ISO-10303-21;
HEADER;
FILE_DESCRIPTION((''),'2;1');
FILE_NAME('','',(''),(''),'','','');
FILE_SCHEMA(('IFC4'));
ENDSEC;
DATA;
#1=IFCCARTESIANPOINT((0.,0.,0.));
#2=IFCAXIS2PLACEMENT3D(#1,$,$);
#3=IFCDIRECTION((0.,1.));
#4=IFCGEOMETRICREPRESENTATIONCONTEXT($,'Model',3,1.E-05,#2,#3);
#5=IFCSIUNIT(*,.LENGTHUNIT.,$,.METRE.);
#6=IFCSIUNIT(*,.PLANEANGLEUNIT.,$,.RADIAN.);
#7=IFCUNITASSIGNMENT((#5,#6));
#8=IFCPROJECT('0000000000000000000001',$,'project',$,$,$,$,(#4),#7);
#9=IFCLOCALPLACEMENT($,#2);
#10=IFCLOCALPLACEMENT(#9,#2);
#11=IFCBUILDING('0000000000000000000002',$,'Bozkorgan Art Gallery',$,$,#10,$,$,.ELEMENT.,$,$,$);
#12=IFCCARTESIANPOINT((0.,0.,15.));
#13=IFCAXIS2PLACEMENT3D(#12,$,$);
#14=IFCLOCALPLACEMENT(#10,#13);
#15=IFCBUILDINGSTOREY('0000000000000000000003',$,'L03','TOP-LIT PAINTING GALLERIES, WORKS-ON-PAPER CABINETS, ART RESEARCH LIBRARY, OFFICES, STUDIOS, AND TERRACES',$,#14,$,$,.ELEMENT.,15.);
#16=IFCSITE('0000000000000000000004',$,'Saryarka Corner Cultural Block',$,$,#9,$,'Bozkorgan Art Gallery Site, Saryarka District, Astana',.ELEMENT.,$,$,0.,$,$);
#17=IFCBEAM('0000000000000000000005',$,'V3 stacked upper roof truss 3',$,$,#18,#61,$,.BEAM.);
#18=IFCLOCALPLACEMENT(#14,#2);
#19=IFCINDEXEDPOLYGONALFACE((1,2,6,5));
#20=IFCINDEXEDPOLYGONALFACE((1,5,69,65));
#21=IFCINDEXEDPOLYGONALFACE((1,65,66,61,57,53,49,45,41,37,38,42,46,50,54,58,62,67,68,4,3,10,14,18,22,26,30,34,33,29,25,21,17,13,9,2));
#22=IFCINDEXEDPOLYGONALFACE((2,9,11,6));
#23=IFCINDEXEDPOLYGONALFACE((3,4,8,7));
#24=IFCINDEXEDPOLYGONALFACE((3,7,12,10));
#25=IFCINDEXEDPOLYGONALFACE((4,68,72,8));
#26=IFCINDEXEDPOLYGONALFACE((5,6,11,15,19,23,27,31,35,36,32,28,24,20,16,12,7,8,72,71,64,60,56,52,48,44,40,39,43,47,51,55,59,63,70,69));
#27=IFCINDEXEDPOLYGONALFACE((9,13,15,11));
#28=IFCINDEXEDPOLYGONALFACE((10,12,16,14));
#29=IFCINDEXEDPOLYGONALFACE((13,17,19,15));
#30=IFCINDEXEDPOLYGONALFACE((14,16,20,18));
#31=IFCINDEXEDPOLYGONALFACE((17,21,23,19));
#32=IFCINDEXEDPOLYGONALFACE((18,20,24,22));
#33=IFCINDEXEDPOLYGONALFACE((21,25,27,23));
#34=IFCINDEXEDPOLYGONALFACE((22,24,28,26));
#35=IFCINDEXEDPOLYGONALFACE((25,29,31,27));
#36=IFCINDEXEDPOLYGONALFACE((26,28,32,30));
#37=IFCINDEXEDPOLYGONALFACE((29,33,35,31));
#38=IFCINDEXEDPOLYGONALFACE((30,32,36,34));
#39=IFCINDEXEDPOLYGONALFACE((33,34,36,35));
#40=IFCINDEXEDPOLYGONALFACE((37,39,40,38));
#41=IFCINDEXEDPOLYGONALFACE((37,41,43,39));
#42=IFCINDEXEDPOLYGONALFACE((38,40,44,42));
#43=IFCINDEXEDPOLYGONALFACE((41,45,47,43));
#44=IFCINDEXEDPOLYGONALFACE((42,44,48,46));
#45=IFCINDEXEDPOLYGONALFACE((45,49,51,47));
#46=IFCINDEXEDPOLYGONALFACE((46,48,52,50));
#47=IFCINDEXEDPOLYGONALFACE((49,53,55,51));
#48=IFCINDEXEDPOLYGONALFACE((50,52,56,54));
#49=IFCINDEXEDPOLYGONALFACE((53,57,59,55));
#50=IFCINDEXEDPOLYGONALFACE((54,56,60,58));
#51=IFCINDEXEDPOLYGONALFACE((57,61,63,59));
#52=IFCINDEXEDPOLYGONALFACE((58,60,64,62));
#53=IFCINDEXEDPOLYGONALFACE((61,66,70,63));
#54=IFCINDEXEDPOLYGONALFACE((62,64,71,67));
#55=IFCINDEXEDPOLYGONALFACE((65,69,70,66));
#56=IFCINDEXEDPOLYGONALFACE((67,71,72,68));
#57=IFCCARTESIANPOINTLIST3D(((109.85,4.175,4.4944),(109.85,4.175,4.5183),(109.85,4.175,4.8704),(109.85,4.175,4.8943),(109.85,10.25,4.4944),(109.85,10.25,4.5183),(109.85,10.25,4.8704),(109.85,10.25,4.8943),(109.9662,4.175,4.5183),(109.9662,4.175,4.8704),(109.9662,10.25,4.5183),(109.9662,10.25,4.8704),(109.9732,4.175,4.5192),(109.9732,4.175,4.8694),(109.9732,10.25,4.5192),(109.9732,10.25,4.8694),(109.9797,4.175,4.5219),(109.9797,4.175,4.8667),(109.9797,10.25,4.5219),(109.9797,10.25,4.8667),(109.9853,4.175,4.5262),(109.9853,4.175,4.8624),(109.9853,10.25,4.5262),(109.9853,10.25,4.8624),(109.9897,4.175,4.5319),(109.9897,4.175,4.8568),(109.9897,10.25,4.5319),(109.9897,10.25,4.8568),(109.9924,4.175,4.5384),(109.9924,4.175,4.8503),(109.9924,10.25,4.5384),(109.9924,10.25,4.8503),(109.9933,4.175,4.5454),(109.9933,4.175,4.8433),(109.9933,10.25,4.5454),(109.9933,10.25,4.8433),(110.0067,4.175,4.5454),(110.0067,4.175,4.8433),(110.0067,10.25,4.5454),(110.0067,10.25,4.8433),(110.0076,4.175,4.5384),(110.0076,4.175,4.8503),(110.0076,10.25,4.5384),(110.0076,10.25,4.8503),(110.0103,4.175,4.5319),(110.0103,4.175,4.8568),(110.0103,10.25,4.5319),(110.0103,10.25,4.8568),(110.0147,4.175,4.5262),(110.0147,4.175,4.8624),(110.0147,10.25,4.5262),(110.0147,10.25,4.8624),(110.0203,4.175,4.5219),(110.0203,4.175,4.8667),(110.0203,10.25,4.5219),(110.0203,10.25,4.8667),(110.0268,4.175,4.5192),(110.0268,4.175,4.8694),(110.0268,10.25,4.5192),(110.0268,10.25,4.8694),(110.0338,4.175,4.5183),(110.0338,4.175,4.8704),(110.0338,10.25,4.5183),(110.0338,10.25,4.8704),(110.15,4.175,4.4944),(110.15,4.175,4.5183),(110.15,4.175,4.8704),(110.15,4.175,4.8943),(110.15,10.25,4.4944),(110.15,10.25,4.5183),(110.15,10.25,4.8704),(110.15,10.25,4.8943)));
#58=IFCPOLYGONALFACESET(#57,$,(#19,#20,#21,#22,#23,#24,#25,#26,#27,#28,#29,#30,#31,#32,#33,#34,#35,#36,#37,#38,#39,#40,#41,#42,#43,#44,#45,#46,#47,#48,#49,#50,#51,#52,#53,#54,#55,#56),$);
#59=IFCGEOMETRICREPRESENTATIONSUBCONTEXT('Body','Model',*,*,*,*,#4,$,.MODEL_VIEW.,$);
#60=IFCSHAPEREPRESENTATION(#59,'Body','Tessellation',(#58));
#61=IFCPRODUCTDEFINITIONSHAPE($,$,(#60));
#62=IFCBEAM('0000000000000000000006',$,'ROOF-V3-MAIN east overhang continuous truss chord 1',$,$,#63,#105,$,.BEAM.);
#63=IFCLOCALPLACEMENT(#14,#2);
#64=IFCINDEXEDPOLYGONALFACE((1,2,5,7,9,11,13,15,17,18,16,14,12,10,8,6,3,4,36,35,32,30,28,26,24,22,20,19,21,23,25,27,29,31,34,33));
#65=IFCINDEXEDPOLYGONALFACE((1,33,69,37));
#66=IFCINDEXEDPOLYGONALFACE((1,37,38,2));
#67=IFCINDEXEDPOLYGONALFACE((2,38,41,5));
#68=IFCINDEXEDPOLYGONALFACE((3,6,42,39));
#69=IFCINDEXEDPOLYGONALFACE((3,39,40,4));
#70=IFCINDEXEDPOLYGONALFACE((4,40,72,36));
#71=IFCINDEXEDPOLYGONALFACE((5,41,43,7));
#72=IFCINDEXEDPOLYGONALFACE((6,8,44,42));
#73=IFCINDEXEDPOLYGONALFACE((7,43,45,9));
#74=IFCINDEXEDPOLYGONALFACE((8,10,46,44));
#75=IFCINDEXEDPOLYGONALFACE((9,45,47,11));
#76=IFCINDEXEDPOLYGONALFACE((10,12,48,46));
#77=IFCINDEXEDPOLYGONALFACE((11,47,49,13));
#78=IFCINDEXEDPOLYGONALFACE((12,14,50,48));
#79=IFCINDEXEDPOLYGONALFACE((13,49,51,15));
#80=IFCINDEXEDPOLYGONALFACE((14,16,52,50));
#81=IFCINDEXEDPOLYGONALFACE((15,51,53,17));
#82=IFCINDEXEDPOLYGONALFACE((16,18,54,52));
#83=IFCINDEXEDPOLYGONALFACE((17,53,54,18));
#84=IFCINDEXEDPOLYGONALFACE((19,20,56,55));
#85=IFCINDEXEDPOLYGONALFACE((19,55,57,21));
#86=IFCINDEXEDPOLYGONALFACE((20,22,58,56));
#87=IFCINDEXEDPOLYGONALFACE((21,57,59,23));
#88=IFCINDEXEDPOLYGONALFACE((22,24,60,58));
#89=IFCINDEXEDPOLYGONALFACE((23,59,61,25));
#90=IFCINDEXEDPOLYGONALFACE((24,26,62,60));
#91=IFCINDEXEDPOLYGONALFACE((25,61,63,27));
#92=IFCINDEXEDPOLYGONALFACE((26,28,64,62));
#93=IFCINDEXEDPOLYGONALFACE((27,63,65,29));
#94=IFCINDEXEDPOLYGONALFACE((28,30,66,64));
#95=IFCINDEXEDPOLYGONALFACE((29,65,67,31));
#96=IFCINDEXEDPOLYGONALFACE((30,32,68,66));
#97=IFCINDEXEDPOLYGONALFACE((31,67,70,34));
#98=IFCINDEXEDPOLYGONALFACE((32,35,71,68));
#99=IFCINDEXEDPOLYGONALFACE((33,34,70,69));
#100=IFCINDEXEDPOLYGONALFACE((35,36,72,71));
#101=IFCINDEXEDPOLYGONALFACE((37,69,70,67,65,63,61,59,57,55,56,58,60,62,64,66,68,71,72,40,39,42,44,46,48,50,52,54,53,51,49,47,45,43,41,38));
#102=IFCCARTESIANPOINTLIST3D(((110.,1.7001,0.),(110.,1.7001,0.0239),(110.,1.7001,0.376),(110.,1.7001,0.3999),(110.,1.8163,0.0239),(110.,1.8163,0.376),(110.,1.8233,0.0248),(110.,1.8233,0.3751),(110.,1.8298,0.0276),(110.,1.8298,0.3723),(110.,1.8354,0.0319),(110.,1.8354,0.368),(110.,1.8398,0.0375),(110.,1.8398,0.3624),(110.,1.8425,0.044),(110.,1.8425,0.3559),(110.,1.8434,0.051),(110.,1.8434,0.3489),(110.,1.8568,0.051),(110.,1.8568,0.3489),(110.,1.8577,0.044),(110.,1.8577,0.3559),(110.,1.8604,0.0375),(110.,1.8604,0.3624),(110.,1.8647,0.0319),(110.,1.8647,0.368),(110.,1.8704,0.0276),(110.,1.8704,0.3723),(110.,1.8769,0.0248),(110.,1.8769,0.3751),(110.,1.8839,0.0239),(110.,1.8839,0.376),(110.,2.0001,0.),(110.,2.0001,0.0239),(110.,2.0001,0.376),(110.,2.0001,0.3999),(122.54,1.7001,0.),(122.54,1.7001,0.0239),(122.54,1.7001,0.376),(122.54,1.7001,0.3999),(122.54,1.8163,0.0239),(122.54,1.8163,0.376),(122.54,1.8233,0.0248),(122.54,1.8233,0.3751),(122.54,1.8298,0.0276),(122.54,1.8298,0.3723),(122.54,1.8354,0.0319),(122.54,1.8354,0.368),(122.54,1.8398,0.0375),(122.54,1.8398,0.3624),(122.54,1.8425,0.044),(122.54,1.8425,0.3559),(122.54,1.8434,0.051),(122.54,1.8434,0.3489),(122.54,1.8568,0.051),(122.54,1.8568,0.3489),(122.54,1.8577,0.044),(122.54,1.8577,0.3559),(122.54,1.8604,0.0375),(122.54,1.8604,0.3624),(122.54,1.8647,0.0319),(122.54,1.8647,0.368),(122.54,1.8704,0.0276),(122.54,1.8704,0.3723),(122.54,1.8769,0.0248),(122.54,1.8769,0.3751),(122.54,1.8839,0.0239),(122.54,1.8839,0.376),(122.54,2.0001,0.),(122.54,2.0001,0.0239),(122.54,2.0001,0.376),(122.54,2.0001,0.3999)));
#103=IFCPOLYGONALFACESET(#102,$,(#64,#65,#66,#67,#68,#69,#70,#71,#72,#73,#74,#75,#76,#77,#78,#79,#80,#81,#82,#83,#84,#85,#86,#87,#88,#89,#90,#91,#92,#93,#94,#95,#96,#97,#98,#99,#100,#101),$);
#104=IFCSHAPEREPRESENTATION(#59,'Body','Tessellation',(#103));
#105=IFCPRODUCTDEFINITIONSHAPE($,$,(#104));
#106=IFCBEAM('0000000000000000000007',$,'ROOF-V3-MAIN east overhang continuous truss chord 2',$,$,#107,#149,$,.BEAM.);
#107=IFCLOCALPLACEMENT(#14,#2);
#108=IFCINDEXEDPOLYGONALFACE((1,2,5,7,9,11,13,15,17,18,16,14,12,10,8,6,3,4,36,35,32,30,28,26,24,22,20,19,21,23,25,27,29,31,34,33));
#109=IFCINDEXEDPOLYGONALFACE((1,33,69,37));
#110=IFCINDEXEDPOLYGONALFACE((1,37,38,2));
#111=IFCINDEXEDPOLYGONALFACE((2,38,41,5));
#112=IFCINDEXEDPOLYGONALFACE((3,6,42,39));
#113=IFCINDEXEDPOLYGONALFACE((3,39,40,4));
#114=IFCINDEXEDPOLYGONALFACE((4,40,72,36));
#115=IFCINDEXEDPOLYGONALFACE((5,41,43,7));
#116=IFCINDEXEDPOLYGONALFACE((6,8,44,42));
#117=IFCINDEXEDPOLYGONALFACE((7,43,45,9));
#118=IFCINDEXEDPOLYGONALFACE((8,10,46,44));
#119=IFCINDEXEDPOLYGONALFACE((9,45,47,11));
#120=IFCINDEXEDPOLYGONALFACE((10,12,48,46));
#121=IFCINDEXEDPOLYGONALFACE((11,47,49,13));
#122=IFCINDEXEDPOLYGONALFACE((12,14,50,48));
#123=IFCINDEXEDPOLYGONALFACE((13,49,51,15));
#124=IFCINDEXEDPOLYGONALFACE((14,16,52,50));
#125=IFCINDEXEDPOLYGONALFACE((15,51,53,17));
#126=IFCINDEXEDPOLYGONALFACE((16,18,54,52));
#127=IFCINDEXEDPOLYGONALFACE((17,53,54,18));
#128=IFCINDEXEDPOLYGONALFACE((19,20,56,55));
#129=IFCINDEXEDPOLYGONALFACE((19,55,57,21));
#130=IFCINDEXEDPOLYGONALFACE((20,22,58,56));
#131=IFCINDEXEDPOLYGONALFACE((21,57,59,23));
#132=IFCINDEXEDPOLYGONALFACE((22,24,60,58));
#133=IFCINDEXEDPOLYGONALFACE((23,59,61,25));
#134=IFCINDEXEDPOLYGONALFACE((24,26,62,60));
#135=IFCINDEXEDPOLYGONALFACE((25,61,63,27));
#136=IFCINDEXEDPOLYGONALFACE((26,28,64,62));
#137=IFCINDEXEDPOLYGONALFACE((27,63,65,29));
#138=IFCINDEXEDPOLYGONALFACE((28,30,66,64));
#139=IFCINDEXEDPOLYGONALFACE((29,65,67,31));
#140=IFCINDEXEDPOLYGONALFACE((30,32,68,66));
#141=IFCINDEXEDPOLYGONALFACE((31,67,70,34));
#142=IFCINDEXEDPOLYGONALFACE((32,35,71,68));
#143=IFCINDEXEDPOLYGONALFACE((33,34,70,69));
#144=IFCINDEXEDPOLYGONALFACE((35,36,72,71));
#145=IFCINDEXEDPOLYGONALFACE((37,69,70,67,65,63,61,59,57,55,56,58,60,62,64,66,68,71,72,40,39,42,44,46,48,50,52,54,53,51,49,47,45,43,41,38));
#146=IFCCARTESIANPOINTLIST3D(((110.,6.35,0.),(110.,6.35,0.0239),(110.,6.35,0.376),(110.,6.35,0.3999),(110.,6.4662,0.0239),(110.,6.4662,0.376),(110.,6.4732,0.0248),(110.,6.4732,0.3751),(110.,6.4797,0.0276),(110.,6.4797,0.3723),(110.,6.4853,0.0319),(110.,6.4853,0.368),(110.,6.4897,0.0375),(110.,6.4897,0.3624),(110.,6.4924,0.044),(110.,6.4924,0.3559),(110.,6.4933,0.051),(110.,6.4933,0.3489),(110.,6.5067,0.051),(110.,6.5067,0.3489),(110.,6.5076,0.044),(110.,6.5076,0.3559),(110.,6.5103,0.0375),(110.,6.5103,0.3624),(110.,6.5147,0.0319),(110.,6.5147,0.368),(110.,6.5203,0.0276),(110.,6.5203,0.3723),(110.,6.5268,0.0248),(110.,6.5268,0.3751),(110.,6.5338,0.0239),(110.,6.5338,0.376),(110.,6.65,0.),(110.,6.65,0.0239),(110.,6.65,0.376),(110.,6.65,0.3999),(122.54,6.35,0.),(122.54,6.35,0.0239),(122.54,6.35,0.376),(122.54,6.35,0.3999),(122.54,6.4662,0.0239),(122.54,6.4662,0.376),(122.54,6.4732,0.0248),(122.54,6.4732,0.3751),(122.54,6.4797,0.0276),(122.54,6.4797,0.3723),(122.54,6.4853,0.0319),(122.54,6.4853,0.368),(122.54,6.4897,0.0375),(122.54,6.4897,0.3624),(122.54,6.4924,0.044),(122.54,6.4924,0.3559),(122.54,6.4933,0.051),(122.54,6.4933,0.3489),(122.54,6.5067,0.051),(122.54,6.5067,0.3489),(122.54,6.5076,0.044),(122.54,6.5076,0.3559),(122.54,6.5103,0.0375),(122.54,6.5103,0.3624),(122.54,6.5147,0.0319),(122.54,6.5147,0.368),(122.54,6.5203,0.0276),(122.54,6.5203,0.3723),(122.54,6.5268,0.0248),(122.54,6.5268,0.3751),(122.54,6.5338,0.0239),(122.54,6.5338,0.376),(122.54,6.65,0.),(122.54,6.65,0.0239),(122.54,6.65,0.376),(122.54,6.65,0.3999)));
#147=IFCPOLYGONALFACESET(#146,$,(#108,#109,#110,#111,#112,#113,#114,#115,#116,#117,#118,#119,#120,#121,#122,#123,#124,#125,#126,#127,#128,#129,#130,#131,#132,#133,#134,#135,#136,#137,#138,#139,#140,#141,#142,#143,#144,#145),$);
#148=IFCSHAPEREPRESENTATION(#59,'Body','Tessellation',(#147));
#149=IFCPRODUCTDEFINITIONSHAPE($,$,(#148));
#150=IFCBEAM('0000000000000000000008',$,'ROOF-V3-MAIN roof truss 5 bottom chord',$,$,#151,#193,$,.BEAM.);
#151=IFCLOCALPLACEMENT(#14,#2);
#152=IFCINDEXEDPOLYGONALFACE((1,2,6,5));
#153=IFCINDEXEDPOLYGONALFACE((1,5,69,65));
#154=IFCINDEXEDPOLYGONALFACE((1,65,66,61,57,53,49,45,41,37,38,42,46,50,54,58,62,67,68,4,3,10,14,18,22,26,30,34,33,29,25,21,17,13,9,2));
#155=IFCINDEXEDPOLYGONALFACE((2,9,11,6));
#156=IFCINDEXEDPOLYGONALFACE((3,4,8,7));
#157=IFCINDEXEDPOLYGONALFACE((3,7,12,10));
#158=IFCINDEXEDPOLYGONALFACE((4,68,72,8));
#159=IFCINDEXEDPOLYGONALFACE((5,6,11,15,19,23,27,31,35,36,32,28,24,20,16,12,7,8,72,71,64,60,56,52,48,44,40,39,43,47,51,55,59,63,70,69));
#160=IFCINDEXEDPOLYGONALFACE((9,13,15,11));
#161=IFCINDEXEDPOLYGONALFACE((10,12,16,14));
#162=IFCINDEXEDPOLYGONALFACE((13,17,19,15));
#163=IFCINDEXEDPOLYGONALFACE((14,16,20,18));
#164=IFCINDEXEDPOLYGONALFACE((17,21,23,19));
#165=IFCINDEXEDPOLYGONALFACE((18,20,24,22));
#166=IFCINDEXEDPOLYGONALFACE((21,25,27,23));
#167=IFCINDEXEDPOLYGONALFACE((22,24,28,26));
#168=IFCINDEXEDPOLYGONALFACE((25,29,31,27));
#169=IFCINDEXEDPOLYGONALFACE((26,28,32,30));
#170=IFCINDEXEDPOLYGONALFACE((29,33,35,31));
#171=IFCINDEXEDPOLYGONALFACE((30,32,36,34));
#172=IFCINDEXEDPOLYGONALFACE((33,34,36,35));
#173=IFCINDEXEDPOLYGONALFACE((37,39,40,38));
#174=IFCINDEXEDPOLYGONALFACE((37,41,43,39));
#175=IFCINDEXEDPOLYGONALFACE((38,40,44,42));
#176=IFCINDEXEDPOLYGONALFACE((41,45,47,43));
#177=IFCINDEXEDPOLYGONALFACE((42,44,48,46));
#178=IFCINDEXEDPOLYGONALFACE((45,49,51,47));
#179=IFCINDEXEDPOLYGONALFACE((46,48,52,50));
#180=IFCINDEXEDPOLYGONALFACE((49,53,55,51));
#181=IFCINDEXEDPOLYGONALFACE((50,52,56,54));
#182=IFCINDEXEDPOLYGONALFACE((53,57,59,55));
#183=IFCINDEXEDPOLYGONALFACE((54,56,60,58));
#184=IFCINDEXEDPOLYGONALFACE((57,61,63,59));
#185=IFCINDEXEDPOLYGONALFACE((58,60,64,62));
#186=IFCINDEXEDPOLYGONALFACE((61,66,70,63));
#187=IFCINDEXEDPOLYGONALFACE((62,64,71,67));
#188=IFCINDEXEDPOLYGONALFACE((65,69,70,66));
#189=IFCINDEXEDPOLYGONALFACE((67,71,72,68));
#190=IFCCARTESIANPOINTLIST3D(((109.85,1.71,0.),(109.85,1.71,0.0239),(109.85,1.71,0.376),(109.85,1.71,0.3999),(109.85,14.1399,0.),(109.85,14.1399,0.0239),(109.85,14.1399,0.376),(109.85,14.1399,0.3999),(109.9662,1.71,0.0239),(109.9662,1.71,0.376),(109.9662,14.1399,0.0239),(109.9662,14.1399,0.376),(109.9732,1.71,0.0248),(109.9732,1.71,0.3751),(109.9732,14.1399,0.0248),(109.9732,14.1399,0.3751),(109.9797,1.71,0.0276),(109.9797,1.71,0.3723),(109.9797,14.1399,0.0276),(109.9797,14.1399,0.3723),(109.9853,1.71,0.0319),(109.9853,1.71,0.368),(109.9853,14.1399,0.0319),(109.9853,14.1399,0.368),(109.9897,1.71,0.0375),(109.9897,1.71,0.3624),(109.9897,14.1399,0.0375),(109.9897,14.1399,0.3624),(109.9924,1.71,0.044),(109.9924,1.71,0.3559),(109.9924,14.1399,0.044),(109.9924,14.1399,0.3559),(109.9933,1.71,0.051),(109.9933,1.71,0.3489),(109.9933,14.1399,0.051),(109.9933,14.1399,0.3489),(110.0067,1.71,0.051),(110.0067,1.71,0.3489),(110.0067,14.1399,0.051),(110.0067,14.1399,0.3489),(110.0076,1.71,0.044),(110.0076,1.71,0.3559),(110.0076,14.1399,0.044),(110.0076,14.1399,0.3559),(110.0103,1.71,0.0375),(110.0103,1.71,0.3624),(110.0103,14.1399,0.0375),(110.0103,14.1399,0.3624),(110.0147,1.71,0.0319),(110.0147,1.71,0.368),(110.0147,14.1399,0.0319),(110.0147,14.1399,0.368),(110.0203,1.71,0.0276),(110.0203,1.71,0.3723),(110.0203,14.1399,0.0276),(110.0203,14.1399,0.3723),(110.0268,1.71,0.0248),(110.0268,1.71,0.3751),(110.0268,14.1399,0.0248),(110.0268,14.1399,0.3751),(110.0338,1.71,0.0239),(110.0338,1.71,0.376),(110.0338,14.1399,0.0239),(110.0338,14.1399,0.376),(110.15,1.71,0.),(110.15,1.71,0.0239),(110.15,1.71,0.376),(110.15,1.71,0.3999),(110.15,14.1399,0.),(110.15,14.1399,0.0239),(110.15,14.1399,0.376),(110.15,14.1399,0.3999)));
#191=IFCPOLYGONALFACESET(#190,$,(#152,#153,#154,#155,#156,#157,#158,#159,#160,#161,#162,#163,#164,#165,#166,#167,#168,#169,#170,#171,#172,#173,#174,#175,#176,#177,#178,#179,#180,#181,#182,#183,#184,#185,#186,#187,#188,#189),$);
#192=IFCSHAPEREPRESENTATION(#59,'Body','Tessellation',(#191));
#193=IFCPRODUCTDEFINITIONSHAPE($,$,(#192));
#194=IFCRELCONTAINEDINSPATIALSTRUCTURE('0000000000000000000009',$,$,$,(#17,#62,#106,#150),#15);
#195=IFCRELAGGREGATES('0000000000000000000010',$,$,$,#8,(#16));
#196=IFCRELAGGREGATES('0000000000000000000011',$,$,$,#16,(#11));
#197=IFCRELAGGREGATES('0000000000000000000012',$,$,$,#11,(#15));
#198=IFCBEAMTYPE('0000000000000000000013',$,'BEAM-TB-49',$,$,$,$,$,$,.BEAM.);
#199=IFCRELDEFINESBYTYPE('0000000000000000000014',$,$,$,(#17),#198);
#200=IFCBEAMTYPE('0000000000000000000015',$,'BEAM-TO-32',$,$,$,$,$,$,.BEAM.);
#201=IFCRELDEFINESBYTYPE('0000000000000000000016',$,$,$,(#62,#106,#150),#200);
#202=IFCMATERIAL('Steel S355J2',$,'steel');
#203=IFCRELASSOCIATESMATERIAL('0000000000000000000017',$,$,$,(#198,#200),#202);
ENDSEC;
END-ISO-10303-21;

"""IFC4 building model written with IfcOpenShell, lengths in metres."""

from ifc_helpers import new_model, si_unit, direction, frame, origin, origin_2d, place, context, subcontext, project, spatial, i_section, extrude, material, material_profile, profile_set, type_object, element, save


model = new_model("IFC4")

# Units and contexts
model_context = context("Model", 3, precision=1e-05, world=origin(), true_north=direction((0.0, 1.0)))
body_context = subcontext(model_context, "Body", "Model", "MODEL_VIEW")
ifc_project = project(units=[si_unit("LENGTHUNIT", "METRE"), si_unit("PLANEANGLEUNIT", "RADIAN")], contexts=[model_context])

# Site, building, storey
site_placement = place(None, origin())
site = spatial("IfcSite", under=ifc_project, at=site_placement, Name="Saryarka Corner Cultural Block", LongName="Bozkorgan Art Gallery Site, Saryarka District, Astana", CompositionType="ELEMENT", RefElevation=0.0)
building_placement = place(site_placement, origin())
building = spatial("IfcBuilding", under=site, at=building_placement, Name="Bozkorgan Art Gallery", CompositionType="ELEMENT")
storey_placement = place(building_placement, frame((0.0, 0.0, 15.0)))
storey = spatial("IfcBuildingStorey", under=building, at=storey_placement, Name="L03", Description="TOP-LIT PAINTING GALLERIES, WORKS-ON-PAPER CABINETS, ART RESEARCH LIBRARY, OFFICES, STUDIOS, AND TERRACES", CompositionType="ELEMENT", Elevation=15.0)

# Beams
ifc_material_1 = material(Name="Steel S355J2", Category="steel")
ifc_material_profile_1 = material_profile(ifc_material_1, i_section(OverallWidth=0.3, OverallDepth=0.3999, WebThickness=0.0134, FlangeThickness=0.0239, FilletRadius=0.0271, at=origin_2d()), Name="HEB 400")
ifc_profile_set_1 = profile_set([ifc_material_profile_1], Name="Steel S355J2")
beam_type_1 = type_object("IfcBeamType", Name="BEAM-TB-49", PredefinedType="BEAM", material=ifc_profile_set_1)
beam_placement = place(storey_placement, frame((110.0, 4.175, 4.6943), z_axis=(0.0, 1.0, 0.0), x_axis=(-1.0, 0.0, 0.0)))
element("IfcBeam", 1, at=beam_placement, inside=storey, type_object=beam_type_1, Name="V3 stacked upper roof truss 3", PredefinedType="BEAM", context=body_context, shape_type="SweptSolid", body=[
    extrude(i_section(OverallWidth=0.3, OverallDepth=0.3999, WebThickness=0.0134, FlangeThickness=0.0239, FilletRadius=0.0271, at=origin_2d()), origin(), (0.0, 0.0, 1.0), 6.075),
])
ifc_material_profile_2 = material_profile(ifc_material_1, i_section(OverallWidth=0.3, OverallDepth=0.3999, WebThickness=0.0134, FlangeThickness=0.0239, FilletRadius=0.0271, at=origin_2d()), Name="HEB 400")
ifc_profile_set_2 = profile_set([ifc_material_profile_2], Name="Steel S355J2")
beam_type_2 = type_object("IfcBeamType", Name="BEAM-TO-32", PredefinedType="BEAM", material=ifc_profile_set_2)
for number, where, z_axis, x_axis, name in (
    (2, (110.0, 1.8501, 0.2), (1.0, 0.0, 0.0), (0.0, 1.0, 0.0), "ROOF-V3-MAIN east overhang continuous truss chord 1"),
    (3, (110.0, 6.5, 0.2), (1.0, 0.0, 0.0), (0.0, 1.0, 0.0), "ROOF-V3-MAIN east overhang continuous truss chord 2"),
):
    element("IfcBeam", number, at=place(storey_placement, frame(where, z_axis=z_axis, x_axis=x_axis)), inside=storey, type_object=beam_type_2, Name=name, PredefinedType="BEAM", context=body_context, shape_type="SweptSolid", body=[
        extrude(i_section(OverallWidth=0.3, OverallDepth=0.3999, WebThickness=0.0134, FlangeThickness=0.0239, FilletRadius=0.0271, at=origin_2d()), origin(), (0.0, 0.0, 1.0), 12.54),
    ])
for number, where, z_axis, x_axis, name in (
    (4, (110.0, 1.71, 0.2), (0.0, 1.0, 0.0), (-1.0, 0.0, 0.0), "ROOF-V3-MAIN roof truss 5 bottom chord"),
):
    element("IfcBeam", number, at=place(storey_placement, frame(where, z_axis=z_axis, x_axis=x_axis)), inside=storey, type_object=beam_type_2, Name=name, PredefinedType="BEAM", context=body_context, shape_type="SweptSolid", body=[
        extrude(i_section(OverallWidth=0.3, OverallDepth=0.3999, WebThickness=0.0134, FlangeThickness=0.0239, FilletRadius=0.0271, at=origin_2d()), origin(), (0.0, 0.0, 1.0), 12.4299),
    ])

save(model, "model.ifc")
